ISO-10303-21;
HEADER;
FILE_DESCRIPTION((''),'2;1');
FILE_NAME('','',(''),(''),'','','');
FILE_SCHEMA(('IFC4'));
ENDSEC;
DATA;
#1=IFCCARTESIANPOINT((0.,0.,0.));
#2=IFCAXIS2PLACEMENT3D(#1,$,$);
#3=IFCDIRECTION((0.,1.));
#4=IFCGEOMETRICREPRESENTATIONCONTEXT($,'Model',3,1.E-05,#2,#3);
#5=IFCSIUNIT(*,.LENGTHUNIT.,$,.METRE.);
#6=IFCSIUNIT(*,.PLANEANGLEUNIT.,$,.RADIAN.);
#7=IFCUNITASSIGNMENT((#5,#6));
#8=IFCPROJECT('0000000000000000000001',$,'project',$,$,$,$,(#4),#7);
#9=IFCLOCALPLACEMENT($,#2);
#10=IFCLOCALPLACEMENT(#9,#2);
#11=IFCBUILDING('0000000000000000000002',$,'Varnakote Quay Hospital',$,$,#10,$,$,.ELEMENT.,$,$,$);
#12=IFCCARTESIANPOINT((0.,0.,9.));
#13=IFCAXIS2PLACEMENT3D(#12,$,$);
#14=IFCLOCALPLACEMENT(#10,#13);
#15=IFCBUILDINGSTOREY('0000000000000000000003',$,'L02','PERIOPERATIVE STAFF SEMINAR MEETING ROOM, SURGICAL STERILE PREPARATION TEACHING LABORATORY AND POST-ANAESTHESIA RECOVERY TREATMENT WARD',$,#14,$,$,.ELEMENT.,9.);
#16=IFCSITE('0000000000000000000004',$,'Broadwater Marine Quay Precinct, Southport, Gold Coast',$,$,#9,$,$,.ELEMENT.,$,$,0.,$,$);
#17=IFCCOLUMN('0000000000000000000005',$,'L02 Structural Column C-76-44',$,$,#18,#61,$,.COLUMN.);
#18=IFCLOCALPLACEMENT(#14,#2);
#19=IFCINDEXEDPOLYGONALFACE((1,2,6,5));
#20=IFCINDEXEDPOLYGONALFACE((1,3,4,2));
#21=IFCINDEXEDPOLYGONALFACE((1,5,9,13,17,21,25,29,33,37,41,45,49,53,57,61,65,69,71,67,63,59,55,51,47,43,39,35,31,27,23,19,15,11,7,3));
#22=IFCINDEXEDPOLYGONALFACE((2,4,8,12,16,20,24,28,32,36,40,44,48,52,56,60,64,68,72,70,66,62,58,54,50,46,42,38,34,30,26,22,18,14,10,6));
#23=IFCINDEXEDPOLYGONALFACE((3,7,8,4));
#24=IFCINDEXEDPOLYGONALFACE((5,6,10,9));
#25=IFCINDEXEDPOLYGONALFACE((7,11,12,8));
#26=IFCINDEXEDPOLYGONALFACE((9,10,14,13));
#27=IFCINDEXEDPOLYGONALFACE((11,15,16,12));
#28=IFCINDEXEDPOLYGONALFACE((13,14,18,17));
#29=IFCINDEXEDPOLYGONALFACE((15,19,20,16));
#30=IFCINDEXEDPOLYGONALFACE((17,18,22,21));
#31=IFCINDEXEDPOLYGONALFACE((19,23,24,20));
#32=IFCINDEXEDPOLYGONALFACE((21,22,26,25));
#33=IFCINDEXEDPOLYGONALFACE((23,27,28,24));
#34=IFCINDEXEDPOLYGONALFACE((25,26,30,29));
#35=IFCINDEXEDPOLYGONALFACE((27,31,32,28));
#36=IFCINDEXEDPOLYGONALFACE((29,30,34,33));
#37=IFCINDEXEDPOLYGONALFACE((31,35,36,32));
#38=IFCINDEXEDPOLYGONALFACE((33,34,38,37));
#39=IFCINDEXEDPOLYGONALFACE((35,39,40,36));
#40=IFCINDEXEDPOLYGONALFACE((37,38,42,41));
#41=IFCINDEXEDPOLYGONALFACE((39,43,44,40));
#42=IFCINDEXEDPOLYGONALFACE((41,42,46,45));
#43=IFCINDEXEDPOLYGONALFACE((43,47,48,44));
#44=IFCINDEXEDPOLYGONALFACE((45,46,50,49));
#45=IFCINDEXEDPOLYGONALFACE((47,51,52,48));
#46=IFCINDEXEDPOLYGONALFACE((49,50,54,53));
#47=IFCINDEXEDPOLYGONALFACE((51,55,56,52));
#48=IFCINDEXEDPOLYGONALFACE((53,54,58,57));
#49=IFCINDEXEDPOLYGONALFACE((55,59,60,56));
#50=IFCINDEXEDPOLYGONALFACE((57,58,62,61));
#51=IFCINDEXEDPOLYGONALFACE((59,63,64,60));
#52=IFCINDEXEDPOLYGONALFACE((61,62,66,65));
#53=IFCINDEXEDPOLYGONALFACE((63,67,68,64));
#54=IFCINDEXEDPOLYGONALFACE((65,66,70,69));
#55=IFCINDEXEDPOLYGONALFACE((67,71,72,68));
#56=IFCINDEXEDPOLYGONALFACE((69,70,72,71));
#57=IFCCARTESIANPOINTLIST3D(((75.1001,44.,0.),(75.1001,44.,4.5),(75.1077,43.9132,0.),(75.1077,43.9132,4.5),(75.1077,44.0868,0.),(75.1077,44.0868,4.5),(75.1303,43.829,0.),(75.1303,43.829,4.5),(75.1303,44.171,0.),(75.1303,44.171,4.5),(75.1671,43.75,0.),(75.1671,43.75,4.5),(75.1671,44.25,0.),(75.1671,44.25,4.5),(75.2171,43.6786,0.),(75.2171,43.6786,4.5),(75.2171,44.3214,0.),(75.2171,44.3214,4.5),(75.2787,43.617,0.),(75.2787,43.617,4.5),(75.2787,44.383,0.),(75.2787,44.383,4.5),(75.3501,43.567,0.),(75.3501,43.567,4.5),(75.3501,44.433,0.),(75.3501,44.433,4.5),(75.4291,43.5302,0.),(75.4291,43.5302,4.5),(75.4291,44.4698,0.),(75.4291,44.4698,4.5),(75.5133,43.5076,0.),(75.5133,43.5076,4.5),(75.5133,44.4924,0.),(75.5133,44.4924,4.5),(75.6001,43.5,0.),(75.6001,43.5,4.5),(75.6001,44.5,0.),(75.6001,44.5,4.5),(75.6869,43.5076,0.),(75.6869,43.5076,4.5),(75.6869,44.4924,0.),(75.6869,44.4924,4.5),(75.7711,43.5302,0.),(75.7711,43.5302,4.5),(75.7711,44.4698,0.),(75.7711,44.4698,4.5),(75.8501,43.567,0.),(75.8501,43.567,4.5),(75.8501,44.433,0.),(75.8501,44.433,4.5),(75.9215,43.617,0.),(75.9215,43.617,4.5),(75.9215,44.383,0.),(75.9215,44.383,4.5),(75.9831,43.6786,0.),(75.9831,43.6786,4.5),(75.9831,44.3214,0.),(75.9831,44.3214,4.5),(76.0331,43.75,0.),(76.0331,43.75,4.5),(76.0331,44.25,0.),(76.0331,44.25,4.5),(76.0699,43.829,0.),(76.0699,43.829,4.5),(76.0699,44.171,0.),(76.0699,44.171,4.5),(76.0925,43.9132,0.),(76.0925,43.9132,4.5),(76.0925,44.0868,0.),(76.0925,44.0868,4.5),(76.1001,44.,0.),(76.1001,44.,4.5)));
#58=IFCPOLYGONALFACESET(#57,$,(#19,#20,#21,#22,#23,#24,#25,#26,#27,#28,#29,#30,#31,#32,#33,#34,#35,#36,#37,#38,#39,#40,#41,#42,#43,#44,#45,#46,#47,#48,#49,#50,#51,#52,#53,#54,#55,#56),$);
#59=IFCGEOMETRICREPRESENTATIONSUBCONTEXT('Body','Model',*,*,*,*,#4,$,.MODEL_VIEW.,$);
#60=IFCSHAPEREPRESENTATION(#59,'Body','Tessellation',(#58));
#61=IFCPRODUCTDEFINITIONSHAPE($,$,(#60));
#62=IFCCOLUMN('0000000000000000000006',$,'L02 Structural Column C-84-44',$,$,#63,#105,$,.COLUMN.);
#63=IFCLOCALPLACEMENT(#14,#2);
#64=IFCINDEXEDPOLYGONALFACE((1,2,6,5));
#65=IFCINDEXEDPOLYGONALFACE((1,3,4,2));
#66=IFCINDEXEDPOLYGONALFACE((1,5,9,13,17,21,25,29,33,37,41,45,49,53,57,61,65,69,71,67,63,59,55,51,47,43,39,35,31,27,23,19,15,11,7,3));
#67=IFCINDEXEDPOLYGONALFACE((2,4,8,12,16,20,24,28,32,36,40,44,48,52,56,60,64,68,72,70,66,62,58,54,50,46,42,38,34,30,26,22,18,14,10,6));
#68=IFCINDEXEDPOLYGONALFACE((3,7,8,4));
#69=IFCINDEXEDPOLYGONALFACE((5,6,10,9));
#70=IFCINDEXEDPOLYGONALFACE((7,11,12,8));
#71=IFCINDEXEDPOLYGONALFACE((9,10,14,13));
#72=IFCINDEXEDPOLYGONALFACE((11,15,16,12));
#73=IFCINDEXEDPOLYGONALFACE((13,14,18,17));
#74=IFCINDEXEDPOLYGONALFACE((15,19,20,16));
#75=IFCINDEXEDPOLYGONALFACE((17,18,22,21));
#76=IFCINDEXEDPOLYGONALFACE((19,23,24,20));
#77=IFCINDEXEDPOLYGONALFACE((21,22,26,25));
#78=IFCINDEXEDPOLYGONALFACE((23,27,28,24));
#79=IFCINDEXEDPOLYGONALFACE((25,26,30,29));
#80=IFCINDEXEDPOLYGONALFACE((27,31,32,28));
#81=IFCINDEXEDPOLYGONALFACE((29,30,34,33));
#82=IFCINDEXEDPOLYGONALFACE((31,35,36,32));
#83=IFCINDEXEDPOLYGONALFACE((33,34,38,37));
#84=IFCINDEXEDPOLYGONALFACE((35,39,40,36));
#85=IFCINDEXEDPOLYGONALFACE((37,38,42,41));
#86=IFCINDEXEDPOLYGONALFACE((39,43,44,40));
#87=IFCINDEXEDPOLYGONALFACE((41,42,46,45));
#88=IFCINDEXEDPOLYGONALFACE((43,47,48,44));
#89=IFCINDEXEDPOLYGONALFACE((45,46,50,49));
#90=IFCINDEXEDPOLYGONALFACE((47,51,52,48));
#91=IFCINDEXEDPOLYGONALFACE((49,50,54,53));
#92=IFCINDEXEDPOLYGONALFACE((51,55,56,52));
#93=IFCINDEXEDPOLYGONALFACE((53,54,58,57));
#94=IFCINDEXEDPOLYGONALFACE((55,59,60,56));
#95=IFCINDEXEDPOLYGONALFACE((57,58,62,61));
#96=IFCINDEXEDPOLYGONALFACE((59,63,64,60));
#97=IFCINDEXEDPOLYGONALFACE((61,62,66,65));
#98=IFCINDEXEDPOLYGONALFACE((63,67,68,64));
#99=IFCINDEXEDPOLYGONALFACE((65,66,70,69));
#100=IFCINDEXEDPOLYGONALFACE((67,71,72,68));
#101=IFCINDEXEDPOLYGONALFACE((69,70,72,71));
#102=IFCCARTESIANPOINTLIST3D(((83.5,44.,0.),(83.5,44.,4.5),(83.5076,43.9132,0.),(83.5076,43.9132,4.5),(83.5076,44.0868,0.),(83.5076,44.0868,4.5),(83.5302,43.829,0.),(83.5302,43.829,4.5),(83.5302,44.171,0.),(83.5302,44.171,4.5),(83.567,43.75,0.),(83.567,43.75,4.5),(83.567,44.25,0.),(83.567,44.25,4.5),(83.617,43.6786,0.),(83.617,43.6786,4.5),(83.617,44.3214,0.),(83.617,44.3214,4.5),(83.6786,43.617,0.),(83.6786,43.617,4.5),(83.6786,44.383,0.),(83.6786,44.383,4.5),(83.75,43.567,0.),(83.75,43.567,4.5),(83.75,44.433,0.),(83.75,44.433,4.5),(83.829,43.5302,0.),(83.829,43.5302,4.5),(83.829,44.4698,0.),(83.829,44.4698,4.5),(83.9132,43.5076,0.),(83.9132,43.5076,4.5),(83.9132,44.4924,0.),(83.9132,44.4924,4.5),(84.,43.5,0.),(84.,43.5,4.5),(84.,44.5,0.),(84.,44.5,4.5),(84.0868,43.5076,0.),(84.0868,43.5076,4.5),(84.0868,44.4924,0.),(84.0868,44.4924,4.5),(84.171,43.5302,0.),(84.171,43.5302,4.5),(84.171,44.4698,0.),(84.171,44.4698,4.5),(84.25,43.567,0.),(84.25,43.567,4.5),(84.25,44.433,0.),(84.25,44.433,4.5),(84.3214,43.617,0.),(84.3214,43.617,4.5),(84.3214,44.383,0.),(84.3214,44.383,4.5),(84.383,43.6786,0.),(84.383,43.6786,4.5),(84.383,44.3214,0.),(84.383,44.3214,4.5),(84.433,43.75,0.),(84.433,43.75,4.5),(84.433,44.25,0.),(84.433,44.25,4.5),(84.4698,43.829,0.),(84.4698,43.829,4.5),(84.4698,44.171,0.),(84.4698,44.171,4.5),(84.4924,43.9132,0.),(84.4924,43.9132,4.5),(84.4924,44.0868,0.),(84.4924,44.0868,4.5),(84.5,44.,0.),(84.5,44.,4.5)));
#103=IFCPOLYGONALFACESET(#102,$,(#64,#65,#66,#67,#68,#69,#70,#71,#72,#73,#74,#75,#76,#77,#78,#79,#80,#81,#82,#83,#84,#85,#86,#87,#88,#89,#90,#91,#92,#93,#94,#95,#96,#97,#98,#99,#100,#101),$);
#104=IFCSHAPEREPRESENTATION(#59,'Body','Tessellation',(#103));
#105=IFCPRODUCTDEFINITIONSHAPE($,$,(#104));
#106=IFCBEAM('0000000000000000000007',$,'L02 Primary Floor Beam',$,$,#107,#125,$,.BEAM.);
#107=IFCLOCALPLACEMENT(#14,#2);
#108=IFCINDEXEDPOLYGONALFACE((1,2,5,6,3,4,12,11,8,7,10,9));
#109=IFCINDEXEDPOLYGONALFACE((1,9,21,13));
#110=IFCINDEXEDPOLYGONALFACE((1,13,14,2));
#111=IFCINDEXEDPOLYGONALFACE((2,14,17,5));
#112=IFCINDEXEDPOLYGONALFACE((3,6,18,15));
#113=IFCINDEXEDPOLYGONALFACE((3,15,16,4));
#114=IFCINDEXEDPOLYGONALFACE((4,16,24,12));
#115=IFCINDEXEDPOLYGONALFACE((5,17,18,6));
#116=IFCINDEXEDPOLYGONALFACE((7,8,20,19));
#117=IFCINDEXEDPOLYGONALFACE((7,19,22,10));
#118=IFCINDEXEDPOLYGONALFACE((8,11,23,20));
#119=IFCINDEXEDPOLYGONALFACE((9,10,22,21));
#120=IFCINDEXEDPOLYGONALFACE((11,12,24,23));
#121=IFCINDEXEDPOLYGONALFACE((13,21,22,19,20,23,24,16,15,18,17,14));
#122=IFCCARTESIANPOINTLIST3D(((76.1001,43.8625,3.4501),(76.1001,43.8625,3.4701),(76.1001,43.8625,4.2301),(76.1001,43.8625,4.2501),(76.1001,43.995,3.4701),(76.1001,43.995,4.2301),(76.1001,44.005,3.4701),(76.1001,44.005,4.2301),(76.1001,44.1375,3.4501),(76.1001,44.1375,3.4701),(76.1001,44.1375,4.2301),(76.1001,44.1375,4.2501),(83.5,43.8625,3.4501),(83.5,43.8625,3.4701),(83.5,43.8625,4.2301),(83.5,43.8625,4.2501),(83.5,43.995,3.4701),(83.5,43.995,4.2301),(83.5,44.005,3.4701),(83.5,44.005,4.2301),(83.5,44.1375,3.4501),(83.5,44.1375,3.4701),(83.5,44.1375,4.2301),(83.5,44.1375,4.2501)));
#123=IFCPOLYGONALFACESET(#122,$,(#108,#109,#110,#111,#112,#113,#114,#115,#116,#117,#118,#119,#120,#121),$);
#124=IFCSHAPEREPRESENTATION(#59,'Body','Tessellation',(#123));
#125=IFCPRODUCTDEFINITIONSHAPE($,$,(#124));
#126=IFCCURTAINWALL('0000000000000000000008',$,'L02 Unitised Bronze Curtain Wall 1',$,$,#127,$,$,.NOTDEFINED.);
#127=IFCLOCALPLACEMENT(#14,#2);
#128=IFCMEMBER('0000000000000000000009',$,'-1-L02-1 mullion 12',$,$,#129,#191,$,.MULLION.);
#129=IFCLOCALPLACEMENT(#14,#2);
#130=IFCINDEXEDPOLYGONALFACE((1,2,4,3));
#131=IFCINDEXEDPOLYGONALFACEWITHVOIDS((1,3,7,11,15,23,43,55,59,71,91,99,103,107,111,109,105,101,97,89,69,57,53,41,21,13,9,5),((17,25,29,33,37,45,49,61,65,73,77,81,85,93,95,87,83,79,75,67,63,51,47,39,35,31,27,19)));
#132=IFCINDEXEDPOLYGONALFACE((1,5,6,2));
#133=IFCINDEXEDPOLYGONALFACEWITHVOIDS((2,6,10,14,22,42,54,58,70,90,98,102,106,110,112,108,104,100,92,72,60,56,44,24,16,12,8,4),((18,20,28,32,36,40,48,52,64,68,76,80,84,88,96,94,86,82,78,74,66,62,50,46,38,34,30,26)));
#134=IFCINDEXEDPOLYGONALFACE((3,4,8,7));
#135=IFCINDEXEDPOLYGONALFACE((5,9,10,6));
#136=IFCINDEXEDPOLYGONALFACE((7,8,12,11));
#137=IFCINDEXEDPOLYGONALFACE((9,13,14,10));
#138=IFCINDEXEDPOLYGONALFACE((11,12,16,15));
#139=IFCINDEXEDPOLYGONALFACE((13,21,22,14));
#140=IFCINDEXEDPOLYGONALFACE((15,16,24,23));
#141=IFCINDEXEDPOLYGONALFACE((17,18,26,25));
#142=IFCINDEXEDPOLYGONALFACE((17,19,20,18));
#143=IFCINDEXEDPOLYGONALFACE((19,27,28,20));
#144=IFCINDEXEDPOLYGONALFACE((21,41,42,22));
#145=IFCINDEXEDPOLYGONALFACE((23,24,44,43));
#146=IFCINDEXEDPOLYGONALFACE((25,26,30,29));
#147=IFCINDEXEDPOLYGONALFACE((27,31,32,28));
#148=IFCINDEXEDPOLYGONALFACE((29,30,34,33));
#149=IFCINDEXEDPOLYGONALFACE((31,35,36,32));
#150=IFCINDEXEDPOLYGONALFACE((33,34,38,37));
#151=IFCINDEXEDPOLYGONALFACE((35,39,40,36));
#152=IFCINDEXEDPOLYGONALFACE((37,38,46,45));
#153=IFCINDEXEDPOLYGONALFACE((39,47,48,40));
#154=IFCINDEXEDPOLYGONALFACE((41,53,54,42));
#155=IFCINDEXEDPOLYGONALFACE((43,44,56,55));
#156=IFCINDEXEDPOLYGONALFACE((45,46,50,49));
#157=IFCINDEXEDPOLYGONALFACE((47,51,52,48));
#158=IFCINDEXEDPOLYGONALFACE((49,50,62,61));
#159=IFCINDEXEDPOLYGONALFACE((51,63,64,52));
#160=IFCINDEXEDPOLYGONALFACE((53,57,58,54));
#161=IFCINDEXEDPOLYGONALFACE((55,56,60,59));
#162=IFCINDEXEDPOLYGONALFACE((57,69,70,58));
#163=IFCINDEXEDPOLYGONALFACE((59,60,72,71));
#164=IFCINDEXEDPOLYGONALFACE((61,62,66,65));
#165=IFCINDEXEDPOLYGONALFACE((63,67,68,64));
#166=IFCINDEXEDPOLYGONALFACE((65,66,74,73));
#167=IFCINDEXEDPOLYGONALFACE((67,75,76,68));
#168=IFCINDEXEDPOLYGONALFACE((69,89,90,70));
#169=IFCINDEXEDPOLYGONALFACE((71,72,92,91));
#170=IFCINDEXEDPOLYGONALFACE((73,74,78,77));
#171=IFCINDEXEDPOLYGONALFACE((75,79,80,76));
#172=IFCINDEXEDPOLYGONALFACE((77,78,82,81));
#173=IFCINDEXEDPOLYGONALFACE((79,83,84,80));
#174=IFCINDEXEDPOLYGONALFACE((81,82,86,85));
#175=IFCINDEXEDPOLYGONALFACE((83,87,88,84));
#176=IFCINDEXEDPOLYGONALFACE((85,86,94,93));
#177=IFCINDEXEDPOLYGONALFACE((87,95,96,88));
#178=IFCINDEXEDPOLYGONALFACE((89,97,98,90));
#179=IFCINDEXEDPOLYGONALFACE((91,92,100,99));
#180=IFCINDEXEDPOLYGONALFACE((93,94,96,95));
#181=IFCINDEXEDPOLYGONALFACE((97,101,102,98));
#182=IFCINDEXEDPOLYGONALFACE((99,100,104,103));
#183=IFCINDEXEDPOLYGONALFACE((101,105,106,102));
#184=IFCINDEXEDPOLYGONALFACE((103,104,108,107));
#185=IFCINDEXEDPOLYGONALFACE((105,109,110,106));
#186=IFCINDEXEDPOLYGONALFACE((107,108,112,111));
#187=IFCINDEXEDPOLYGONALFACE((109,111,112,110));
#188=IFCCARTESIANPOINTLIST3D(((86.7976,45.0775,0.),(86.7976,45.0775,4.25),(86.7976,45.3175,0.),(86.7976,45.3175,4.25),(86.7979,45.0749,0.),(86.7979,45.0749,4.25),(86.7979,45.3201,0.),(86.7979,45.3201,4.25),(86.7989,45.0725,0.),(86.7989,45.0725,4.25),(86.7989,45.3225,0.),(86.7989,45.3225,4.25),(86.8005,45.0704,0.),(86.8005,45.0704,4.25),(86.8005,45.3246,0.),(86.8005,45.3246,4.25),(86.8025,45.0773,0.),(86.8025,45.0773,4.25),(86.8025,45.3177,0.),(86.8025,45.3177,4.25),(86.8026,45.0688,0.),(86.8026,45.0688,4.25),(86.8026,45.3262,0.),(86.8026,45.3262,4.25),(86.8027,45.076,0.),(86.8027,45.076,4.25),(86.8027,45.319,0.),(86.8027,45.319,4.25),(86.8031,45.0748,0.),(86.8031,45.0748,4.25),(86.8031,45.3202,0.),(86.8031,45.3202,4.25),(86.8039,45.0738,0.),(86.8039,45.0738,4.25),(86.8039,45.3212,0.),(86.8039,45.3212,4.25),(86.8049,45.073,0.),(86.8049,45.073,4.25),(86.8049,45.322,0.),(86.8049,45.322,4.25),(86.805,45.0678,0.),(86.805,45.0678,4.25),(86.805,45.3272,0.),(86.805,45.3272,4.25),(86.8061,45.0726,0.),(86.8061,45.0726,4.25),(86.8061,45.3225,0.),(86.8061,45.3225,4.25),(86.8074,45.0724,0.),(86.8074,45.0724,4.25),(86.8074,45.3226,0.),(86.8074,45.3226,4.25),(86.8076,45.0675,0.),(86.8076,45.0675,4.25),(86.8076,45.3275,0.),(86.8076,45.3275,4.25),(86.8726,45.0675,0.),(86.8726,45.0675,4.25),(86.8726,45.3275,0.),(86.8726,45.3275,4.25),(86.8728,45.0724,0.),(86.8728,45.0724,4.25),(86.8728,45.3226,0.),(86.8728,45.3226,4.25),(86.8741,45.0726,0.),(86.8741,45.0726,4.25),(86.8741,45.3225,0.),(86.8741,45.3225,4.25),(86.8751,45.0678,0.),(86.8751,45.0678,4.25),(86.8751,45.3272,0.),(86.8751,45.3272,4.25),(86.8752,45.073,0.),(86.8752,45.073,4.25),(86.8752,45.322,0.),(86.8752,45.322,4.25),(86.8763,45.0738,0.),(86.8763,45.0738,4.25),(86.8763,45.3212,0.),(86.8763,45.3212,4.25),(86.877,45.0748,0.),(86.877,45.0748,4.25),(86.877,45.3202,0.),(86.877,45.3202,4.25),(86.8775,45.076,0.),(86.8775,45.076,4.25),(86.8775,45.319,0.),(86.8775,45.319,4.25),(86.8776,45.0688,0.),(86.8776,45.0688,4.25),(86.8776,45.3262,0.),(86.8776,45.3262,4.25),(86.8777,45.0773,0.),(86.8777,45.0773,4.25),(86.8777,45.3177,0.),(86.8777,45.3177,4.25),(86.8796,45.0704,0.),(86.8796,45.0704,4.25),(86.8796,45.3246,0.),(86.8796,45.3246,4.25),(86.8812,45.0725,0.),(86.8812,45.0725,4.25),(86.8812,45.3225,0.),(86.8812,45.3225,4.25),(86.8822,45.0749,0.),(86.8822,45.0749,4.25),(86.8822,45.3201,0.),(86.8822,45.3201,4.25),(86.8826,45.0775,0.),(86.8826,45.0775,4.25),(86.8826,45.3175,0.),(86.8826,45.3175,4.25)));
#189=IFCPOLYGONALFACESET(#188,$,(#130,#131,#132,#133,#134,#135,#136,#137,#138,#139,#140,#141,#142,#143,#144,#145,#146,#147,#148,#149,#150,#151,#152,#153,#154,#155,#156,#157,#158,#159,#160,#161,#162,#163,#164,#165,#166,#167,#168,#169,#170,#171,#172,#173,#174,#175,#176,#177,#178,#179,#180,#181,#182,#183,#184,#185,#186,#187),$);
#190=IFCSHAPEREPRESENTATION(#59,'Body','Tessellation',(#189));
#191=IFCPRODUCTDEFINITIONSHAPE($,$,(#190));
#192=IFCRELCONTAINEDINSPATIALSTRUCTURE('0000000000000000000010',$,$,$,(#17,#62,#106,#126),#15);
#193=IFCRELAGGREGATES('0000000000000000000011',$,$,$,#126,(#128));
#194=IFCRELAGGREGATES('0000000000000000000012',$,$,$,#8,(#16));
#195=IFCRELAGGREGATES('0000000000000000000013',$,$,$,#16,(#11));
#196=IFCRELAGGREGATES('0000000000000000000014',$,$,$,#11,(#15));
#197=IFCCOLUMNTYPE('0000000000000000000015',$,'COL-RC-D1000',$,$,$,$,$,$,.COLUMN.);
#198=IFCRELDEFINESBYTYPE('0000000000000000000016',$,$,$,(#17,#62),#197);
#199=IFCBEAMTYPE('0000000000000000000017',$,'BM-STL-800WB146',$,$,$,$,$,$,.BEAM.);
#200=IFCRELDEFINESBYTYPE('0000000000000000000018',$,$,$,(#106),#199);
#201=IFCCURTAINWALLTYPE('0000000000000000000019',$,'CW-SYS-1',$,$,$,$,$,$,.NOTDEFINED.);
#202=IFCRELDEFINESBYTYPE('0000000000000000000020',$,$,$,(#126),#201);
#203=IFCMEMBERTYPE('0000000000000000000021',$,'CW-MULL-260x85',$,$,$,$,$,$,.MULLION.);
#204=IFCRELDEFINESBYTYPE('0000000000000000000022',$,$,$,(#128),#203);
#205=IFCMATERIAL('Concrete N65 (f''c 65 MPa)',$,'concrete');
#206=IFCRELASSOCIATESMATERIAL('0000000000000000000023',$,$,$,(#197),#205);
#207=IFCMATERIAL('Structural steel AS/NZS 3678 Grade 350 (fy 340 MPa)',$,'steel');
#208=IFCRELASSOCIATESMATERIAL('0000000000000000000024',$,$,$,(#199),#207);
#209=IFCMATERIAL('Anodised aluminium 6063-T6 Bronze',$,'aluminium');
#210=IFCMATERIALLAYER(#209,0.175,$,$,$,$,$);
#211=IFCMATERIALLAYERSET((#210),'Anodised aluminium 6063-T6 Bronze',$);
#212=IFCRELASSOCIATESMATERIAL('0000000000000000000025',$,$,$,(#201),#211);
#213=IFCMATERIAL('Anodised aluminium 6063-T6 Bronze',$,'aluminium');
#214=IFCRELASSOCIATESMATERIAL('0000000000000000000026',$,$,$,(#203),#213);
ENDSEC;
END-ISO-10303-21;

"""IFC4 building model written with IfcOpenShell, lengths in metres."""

from ifc_helpers import new_model, si_unit, direction, frame, origin, origin_2d, place, context, subcontext, project, spatial, hollow_rectangle, circle, i_section, extrude, material, layer, layer_set, material_profile, profile_set, type_object, element, aggregate, save


model = new_model("IFC4")

# Units and contexts
model_context = context("Model", 3, precision=1e-05, world=origin(), true_north=direction((0.0, 1.0)))
body_context = subcontext(model_context, "Body", "Model", "MODEL_VIEW")
ifc_project = project(units=[si_unit("LENGTHUNIT", "METRE"), si_unit("PLANEANGLEUNIT", "RADIAN")], contexts=[model_context])

# Site, building, storey
site_placement = place(None, origin())
site = spatial("IfcSite", under=ifc_project, at=site_placement, Name="Broadwater Marine Quay Precinct, Southport, Gold Coast", CompositionType="ELEMENT", RefElevation=0.0)
building_placement = place(site_placement, origin())
building = spatial("IfcBuilding", under=site, at=building_placement, Name="Varnakote Quay Hospital", CompositionType="ELEMENT")
storey_placement = place(building_placement, frame((0.0, 0.0, 9.0)))
storey = spatial("IfcBuildingStorey", under=building, at=storey_placement, Name="L02", Description="PERIOPERATIVE STAFF SEMINAR MEETING ROOM, SURGICAL STERILE PREPARATION TEACHING LABORATORY AND POST-ANAESTHESIA RECOVERY TREATMENT WARD", CompositionType="ELEMENT", Elevation=9.0)

# Columns
ifc_material_1 = material(Name="Concrete N65 (f'c 65 MPa)", Category="concrete")
ifc_material_profile_1 = material_profile(ifc_material_1, circle(Radius=0.5, at=origin_2d()), Name="RC-COL-D1000")
ifc_profile_set_1 = profile_set([ifc_material_profile_1], Name="Concrete N65 (f'c 65 MPa)")
column_type = type_object("IfcColumnType", Name="COL-RC-D1000", PredefinedType="COLUMN", material=ifc_profile_set_1)
for number, where, z_axis, x_axis, name in (
    (1, (75.6001, 44.0, 0.0), (0.0, 0.0, 1.0), (1.0, 0.0, 0.0), "L02 Structural Column C-76-44"),
    (2, (84.0, 44.0, 0.0), (0.0, 0.0, 1.0), (1.0, 0.0, 0.0), "L02 Structural Column C-84-44"),
):
    element("IfcColumn", number, at=place(storey_placement, frame(where, z_axis=z_axis, x_axis=x_axis)), inside=storey, type_object=column_type, Name=name, PredefinedType="COLUMN", context=body_context, shape_type="SweptSolid", body=[
        extrude(circle(Radius=0.5, at=origin_2d()), origin(), (0.0, 0.0, 1.0), 4.5),
    ])

# Beam
ifc_material_2 = material(Name="Structural steel AS/NZS 3678 Grade 350 (fy 340 MPa)", Category="steel")
ifc_material_profile_2 = material_profile(ifc_material_2, i_section(OverallWidth=0.2749, OverallDepth=0.8, WebThickness=0.01, FlangeThickness=0.02, at=origin_2d()), Name="800WB146")
ifc_profile_set_2 = profile_set([ifc_material_profile_2], Name="Structural steel AS/NZS 3678 Grade 350 (fy 340 MPa)")
beam_type = type_object("IfcBeamType", Name="BM-STL-800WB146", PredefinedType="BEAM", material=ifc_profile_set_2)
beam_placement = place(storey_placement, frame((76.1001, 44.0, 3.8501), z_axis=(1.0, 0.0, 0.0), x_axis=(0.0, 1.0, 0.0)))
element("IfcBeam", 3, at=beam_placement, inside=storey, type_object=beam_type, Name="L02 Primary Floor Beam", PredefinedType="BEAM", context=body_context, shape_type="SweptSolid", body=[
    extrude(i_section(OverallWidth=0.2749, OverallDepth=0.8, WebThickness=0.01, FlangeThickness=0.02, at=origin_2d()), origin(), (0.0, 0.0, 1.0), 7.3999),
])

# Curtain wall, member
ifc_material_3 = material(Name="Anodised aluminium 6063-T6 Bronze", Category="aluminium")
ifc_layer_1 = layer(ifc_material_3, 0.175)
ifc_layer_set_1 = layer_set([ifc_layer_1], Name="Anodised aluminium 6063-T6 Bronze")
curtain_wall_type = type_object("IfcCurtainWallType", Name="CW-SYS-1", PredefinedType="NOTDEFINED", material=ifc_layer_set_1)
curtain_wall_1_placement = place(storey_placement, origin())
curtain_wall_1 = element("IfcCurtainWall", 4, at=curtain_wall_1_placement, inside=storey, type_object=curtain_wall_type, Name="L02 Unitised Bronze Curtain Wall 1", PredefinedType="NOTDEFINED")
ifc_material_4 = material(Name="Anodised aluminium 6063-T6 Bronze", Category="aluminium")
ifc_material_profile_3 = material_profile(ifc_material_4, hollow_rectangle(XDim=0.085, YDim=0.26, WallThickness=0.0049, InnerFilletRadius=0.0049, OuterFilletRadius=0.01, at=origin_2d()), Name="CW-MULL-260x85")
ifc_profile_set_3 = profile_set([ifc_material_profile_3], Name="Anodised aluminium 6063-T6 Bronze")
member_type_1 = type_object("IfcMemberType", Name="CW-MULL-260x85", PredefinedType="MULLION", material=ifc_profile_set_3)
member_1_placement = place(storey_placement, frame((86.8401, 45.1975, 0.0), z_axis=(0.0, 0.0, 1.0), x_axis=(-1.0, 0.0, 0.0)))
member_1 = element("IfcMember", 5, at=member_1_placement, type_object=member_type_1, Name="-1-L02-1 mullion 12", PredefinedType="MULLION", context=body_context, shape_type="SweptSolid", body=[
    extrude(hollow_rectangle(XDim=0.085, YDim=0.26, WallThickness=0.0049, InnerFilletRadius=0.0049, OuterFilletRadius=0.01, at=origin_2d()), origin(), (0.0, 0.0, 1.0), 4.25),
])

aggregate(curtain_wall_1, [member_1])

save(model, "model.ifc")
